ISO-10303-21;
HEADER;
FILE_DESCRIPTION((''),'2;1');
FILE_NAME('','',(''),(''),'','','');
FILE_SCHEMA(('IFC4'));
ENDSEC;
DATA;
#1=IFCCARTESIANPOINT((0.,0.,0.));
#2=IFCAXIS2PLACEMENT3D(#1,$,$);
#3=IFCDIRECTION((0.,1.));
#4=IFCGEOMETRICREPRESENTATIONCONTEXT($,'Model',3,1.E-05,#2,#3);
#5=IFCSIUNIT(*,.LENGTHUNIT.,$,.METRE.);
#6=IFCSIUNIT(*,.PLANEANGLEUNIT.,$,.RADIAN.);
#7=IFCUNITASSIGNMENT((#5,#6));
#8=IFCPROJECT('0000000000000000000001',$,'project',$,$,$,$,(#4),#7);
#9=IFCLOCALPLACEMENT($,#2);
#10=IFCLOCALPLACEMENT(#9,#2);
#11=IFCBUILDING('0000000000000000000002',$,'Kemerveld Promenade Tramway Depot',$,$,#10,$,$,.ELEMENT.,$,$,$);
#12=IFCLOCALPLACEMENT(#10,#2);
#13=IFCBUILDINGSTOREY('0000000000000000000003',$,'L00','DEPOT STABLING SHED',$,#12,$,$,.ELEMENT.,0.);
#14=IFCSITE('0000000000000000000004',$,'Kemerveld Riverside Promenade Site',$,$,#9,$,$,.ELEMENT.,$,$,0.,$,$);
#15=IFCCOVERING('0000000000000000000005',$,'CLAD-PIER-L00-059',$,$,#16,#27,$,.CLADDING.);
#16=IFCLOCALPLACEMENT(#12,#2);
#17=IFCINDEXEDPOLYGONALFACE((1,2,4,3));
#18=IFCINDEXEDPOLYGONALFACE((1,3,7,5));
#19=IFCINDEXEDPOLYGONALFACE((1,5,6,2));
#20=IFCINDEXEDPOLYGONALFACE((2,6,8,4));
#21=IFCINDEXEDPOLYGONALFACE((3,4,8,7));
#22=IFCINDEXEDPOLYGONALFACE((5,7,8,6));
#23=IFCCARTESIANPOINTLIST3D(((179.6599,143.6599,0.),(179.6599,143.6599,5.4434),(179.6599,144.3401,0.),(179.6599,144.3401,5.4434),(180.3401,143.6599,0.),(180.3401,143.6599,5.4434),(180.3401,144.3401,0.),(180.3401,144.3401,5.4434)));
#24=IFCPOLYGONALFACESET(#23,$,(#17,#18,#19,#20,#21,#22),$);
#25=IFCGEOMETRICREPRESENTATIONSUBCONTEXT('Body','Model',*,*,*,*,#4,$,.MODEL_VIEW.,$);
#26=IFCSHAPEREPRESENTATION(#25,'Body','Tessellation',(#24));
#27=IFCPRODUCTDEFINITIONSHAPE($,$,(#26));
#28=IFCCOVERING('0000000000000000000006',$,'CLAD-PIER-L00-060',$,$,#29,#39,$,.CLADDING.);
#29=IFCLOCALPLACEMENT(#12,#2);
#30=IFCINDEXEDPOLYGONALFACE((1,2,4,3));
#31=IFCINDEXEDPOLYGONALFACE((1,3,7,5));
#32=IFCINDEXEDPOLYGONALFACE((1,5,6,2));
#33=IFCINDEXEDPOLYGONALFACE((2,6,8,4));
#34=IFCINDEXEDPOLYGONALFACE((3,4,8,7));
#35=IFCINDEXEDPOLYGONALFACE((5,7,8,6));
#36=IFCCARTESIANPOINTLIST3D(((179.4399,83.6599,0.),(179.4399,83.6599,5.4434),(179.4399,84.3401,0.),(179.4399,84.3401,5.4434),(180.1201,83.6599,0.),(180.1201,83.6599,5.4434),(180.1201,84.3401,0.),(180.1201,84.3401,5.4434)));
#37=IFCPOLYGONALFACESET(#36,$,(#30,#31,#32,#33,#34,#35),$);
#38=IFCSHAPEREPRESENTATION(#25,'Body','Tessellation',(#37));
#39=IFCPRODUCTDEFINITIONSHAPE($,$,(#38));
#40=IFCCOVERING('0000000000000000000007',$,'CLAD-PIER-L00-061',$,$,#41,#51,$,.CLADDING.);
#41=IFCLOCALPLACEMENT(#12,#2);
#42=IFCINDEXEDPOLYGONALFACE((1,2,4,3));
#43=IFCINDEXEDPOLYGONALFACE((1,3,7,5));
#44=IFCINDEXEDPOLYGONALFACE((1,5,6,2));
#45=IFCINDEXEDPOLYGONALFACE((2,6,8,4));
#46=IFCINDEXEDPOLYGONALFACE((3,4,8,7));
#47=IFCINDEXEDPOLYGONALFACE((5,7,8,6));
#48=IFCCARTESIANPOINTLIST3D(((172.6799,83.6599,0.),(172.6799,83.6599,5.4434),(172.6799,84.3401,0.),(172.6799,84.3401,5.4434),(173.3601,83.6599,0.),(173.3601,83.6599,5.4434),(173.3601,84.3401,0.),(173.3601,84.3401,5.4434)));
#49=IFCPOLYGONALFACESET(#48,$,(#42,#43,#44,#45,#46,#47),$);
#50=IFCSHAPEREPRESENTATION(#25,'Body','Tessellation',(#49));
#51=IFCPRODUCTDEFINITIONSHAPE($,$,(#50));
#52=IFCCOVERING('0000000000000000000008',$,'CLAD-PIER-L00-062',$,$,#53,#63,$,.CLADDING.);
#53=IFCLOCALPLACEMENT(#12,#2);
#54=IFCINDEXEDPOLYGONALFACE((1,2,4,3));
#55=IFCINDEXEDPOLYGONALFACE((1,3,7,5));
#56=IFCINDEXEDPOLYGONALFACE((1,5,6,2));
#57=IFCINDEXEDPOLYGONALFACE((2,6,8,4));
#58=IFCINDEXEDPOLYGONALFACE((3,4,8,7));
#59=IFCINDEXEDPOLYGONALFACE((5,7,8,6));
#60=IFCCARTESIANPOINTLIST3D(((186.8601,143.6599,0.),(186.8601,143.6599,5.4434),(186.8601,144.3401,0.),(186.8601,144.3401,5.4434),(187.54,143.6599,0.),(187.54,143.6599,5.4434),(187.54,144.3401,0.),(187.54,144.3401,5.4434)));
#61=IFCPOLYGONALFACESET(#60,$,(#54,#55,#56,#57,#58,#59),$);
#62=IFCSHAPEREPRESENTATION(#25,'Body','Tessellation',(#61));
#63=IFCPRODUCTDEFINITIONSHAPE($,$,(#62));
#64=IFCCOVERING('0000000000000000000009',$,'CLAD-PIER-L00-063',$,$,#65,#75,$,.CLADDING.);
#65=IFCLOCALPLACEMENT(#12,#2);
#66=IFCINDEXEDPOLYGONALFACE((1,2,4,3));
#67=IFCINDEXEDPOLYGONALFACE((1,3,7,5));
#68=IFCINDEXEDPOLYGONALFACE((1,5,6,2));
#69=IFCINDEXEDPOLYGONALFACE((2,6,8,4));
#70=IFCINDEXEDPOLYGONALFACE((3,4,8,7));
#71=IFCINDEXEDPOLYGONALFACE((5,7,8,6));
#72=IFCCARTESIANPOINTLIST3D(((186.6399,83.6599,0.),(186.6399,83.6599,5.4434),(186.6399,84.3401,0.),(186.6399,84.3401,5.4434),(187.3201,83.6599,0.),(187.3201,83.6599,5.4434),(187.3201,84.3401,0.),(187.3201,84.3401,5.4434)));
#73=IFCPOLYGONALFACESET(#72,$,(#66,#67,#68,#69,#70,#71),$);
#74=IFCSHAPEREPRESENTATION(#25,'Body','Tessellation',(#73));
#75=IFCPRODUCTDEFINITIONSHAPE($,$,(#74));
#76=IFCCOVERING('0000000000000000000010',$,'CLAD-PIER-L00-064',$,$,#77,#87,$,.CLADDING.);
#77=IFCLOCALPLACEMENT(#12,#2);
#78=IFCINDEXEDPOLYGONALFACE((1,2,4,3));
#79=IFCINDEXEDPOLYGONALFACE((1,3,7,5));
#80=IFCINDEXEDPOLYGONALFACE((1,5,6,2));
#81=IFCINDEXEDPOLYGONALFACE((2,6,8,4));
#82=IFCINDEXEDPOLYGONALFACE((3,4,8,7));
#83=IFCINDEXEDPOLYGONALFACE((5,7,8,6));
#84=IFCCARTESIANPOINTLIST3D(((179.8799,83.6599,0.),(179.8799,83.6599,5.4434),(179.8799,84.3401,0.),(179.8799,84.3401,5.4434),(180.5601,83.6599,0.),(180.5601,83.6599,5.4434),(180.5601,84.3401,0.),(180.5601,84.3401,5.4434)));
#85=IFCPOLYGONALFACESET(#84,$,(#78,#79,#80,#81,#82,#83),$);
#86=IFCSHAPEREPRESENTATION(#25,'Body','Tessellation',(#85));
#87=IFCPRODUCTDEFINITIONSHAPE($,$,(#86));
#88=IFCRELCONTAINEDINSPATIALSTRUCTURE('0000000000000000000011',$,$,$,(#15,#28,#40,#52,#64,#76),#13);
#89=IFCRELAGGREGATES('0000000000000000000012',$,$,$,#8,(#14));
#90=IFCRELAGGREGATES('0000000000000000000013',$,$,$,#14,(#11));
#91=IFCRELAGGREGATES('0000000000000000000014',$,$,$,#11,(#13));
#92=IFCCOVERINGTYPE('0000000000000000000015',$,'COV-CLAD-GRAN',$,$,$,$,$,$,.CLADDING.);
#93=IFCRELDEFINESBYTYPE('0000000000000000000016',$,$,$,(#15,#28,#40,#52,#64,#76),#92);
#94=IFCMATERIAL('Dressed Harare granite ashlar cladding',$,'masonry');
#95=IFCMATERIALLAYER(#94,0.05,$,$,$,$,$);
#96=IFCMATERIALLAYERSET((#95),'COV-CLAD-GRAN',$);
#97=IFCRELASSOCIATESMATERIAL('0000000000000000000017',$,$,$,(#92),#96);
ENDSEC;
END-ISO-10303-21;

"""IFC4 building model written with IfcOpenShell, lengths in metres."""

from ifc_helpers import new_model, si_unit, direction, origin, place, context, subcontext, project, spatial, polyline, outline, extrude, material, layer, layer_set, type_object, element, save


model = new_model("IFC4")

# Units and contexts
model_context = context("Model", 3, precision=1e-05, world=origin(), true_north=direction((0.0, 1.0)))
body_context = subcontext(model_context, "Body", "Model", "MODEL_VIEW")
ifc_project = project(units=[si_unit("LENGTHUNIT", "METRE"), si_unit("PLANEANGLEUNIT", "RADIAN")], contexts=[model_context])

# Site, building, storey
site_placement = place(None, origin())
site = spatial("IfcSite", under=ifc_project, at=site_placement, Name="Kemerveld Riverside Promenade Site", CompositionType="ELEMENT", RefElevation=0.0)
building_placement = place(site_placement, origin())
building = spatial("IfcBuilding", under=site, at=building_placement, Name="Kemerveld Promenade Tramway Depot", CompositionType="ELEMENT")
storey_placement = place(building_placement, origin())
storey = spatial("IfcBuildingStorey", under=building, at=storey_placement, Name="L00", Description="DEPOT STABLING SHED", CompositionType="ELEMENT", Elevation=0.0)

# Coverings
ifc_material = material(Name="Dressed Harare granite ashlar cladding", Category="masonry")
ifc_layer = layer(ifc_material, 0.05)
ifc_layer_set = layer_set([ifc_layer], Name="COV-CLAD-GRAN")
covering_type = type_object("IfcCoveringType", Name="COV-CLAD-GRAN", PredefinedType="CLADDING", material=ifc_layer_set)
covering_1_placement = place(storey_placement, origin())
element("IfcCovering", 1, at=covering_1_placement, inside=storey, type_object=covering_type, Name="CLAD-PIER-L00-059", PredefinedType="CLADDING", context=body_context, shape_type="SweptSolid", body=[
    extrude(outline(polyline([(179.6599, 143.6599), (180.3401, 143.6599), (180.3401, 144.3401), (179.6599, 144.3401), (179.6599, 143.6599)])), origin(), (0.0, 0.0, 1.0), 5.4434),
])
covering_2_placement = place(storey_placement, origin())
element("IfcCovering", 2, at=covering_2_placement, inside=storey, type_object=covering_type, Name="CLAD-PIER-L00-060", PredefinedType="CLADDING", context=body_context, shape_type="SweptSolid", body=[
    extrude(outline(polyline([(179.4399, 83.6599), (180.1201, 83.6599), (180.1201, 84.3401), (179.4399, 84.3401), (179.4399, 83.6599)])), origin(), (0.0, 0.0, 1.0), 5.4434),
])
covering_3_placement = place(storey_placement, origin())
element("IfcCovering", 3, at=covering_3_placement, inside=storey, type_object=covering_type, Name="CLAD-PIER-L00-061", PredefinedType="CLADDING", context=body_context, shape_type="SweptSolid", body=[
    extrude(outline(polyline([(172.6799, 83.6599), (173.3601, 83.6599), (173.3601, 84.3401), (172.6799, 84.3401), (172.6799, 83.6599)])), origin(), (0.0, 0.0, 1.0), 5.4434),
])
covering_4_placement = place(storey_placement, origin())
element("IfcCovering", 4, at=covering_4_placement, inside=storey, type_object=covering_type, Name="CLAD-PIER-L00-062", PredefinedType="CLADDING", context=body_context, shape_type="SweptSolid", body=[
    extrude(outline(polyline([(186.8601, 143.6599), (187.54, 143.6599), (187.54, 144.3401), (186.8601, 144.3401), (186.8601, 143.6599)])), origin(), (0.0, 0.0, 1.0), 5.4434),
])
covering_5_placement = place(storey_placement, origin())
element("IfcCovering", 5, at=covering_5_placement, inside=storey, type_object=covering_type, Name="CLAD-PIER-L00-063", PredefinedType="CLADDING", context=body_context, shape_type="SweptSolid", body=[
    extrude(outline(polyline([(186.6399, 83.6599), (187.3201, 83.6599), (187.3201, 84.3401), (186.6399, 84.3401), (186.6399, 83.6599)])), origin(), (0.0, 0.0, 1.0), 5.4434),
])
covering_6_placement = place(storey_placement, origin())
element("IfcCovering", 6, at=covering_6_placement, inside=storey, type_object=covering_type, Name="CLAD-PIER-L00-064", PredefinedType="CLADDING", context=body_context, shape_type="SweptSolid", body=[
    extrude(outline(polyline([(179.8799, 83.6599), (180.5601, 83.6599), (180.5601, 84.3401), (179.8799, 84.3401), (179.8799, 83.6599)])), origin(), (0.0, 0.0, 1.0), 5.4434),
])

save(model, "model.ifc")
